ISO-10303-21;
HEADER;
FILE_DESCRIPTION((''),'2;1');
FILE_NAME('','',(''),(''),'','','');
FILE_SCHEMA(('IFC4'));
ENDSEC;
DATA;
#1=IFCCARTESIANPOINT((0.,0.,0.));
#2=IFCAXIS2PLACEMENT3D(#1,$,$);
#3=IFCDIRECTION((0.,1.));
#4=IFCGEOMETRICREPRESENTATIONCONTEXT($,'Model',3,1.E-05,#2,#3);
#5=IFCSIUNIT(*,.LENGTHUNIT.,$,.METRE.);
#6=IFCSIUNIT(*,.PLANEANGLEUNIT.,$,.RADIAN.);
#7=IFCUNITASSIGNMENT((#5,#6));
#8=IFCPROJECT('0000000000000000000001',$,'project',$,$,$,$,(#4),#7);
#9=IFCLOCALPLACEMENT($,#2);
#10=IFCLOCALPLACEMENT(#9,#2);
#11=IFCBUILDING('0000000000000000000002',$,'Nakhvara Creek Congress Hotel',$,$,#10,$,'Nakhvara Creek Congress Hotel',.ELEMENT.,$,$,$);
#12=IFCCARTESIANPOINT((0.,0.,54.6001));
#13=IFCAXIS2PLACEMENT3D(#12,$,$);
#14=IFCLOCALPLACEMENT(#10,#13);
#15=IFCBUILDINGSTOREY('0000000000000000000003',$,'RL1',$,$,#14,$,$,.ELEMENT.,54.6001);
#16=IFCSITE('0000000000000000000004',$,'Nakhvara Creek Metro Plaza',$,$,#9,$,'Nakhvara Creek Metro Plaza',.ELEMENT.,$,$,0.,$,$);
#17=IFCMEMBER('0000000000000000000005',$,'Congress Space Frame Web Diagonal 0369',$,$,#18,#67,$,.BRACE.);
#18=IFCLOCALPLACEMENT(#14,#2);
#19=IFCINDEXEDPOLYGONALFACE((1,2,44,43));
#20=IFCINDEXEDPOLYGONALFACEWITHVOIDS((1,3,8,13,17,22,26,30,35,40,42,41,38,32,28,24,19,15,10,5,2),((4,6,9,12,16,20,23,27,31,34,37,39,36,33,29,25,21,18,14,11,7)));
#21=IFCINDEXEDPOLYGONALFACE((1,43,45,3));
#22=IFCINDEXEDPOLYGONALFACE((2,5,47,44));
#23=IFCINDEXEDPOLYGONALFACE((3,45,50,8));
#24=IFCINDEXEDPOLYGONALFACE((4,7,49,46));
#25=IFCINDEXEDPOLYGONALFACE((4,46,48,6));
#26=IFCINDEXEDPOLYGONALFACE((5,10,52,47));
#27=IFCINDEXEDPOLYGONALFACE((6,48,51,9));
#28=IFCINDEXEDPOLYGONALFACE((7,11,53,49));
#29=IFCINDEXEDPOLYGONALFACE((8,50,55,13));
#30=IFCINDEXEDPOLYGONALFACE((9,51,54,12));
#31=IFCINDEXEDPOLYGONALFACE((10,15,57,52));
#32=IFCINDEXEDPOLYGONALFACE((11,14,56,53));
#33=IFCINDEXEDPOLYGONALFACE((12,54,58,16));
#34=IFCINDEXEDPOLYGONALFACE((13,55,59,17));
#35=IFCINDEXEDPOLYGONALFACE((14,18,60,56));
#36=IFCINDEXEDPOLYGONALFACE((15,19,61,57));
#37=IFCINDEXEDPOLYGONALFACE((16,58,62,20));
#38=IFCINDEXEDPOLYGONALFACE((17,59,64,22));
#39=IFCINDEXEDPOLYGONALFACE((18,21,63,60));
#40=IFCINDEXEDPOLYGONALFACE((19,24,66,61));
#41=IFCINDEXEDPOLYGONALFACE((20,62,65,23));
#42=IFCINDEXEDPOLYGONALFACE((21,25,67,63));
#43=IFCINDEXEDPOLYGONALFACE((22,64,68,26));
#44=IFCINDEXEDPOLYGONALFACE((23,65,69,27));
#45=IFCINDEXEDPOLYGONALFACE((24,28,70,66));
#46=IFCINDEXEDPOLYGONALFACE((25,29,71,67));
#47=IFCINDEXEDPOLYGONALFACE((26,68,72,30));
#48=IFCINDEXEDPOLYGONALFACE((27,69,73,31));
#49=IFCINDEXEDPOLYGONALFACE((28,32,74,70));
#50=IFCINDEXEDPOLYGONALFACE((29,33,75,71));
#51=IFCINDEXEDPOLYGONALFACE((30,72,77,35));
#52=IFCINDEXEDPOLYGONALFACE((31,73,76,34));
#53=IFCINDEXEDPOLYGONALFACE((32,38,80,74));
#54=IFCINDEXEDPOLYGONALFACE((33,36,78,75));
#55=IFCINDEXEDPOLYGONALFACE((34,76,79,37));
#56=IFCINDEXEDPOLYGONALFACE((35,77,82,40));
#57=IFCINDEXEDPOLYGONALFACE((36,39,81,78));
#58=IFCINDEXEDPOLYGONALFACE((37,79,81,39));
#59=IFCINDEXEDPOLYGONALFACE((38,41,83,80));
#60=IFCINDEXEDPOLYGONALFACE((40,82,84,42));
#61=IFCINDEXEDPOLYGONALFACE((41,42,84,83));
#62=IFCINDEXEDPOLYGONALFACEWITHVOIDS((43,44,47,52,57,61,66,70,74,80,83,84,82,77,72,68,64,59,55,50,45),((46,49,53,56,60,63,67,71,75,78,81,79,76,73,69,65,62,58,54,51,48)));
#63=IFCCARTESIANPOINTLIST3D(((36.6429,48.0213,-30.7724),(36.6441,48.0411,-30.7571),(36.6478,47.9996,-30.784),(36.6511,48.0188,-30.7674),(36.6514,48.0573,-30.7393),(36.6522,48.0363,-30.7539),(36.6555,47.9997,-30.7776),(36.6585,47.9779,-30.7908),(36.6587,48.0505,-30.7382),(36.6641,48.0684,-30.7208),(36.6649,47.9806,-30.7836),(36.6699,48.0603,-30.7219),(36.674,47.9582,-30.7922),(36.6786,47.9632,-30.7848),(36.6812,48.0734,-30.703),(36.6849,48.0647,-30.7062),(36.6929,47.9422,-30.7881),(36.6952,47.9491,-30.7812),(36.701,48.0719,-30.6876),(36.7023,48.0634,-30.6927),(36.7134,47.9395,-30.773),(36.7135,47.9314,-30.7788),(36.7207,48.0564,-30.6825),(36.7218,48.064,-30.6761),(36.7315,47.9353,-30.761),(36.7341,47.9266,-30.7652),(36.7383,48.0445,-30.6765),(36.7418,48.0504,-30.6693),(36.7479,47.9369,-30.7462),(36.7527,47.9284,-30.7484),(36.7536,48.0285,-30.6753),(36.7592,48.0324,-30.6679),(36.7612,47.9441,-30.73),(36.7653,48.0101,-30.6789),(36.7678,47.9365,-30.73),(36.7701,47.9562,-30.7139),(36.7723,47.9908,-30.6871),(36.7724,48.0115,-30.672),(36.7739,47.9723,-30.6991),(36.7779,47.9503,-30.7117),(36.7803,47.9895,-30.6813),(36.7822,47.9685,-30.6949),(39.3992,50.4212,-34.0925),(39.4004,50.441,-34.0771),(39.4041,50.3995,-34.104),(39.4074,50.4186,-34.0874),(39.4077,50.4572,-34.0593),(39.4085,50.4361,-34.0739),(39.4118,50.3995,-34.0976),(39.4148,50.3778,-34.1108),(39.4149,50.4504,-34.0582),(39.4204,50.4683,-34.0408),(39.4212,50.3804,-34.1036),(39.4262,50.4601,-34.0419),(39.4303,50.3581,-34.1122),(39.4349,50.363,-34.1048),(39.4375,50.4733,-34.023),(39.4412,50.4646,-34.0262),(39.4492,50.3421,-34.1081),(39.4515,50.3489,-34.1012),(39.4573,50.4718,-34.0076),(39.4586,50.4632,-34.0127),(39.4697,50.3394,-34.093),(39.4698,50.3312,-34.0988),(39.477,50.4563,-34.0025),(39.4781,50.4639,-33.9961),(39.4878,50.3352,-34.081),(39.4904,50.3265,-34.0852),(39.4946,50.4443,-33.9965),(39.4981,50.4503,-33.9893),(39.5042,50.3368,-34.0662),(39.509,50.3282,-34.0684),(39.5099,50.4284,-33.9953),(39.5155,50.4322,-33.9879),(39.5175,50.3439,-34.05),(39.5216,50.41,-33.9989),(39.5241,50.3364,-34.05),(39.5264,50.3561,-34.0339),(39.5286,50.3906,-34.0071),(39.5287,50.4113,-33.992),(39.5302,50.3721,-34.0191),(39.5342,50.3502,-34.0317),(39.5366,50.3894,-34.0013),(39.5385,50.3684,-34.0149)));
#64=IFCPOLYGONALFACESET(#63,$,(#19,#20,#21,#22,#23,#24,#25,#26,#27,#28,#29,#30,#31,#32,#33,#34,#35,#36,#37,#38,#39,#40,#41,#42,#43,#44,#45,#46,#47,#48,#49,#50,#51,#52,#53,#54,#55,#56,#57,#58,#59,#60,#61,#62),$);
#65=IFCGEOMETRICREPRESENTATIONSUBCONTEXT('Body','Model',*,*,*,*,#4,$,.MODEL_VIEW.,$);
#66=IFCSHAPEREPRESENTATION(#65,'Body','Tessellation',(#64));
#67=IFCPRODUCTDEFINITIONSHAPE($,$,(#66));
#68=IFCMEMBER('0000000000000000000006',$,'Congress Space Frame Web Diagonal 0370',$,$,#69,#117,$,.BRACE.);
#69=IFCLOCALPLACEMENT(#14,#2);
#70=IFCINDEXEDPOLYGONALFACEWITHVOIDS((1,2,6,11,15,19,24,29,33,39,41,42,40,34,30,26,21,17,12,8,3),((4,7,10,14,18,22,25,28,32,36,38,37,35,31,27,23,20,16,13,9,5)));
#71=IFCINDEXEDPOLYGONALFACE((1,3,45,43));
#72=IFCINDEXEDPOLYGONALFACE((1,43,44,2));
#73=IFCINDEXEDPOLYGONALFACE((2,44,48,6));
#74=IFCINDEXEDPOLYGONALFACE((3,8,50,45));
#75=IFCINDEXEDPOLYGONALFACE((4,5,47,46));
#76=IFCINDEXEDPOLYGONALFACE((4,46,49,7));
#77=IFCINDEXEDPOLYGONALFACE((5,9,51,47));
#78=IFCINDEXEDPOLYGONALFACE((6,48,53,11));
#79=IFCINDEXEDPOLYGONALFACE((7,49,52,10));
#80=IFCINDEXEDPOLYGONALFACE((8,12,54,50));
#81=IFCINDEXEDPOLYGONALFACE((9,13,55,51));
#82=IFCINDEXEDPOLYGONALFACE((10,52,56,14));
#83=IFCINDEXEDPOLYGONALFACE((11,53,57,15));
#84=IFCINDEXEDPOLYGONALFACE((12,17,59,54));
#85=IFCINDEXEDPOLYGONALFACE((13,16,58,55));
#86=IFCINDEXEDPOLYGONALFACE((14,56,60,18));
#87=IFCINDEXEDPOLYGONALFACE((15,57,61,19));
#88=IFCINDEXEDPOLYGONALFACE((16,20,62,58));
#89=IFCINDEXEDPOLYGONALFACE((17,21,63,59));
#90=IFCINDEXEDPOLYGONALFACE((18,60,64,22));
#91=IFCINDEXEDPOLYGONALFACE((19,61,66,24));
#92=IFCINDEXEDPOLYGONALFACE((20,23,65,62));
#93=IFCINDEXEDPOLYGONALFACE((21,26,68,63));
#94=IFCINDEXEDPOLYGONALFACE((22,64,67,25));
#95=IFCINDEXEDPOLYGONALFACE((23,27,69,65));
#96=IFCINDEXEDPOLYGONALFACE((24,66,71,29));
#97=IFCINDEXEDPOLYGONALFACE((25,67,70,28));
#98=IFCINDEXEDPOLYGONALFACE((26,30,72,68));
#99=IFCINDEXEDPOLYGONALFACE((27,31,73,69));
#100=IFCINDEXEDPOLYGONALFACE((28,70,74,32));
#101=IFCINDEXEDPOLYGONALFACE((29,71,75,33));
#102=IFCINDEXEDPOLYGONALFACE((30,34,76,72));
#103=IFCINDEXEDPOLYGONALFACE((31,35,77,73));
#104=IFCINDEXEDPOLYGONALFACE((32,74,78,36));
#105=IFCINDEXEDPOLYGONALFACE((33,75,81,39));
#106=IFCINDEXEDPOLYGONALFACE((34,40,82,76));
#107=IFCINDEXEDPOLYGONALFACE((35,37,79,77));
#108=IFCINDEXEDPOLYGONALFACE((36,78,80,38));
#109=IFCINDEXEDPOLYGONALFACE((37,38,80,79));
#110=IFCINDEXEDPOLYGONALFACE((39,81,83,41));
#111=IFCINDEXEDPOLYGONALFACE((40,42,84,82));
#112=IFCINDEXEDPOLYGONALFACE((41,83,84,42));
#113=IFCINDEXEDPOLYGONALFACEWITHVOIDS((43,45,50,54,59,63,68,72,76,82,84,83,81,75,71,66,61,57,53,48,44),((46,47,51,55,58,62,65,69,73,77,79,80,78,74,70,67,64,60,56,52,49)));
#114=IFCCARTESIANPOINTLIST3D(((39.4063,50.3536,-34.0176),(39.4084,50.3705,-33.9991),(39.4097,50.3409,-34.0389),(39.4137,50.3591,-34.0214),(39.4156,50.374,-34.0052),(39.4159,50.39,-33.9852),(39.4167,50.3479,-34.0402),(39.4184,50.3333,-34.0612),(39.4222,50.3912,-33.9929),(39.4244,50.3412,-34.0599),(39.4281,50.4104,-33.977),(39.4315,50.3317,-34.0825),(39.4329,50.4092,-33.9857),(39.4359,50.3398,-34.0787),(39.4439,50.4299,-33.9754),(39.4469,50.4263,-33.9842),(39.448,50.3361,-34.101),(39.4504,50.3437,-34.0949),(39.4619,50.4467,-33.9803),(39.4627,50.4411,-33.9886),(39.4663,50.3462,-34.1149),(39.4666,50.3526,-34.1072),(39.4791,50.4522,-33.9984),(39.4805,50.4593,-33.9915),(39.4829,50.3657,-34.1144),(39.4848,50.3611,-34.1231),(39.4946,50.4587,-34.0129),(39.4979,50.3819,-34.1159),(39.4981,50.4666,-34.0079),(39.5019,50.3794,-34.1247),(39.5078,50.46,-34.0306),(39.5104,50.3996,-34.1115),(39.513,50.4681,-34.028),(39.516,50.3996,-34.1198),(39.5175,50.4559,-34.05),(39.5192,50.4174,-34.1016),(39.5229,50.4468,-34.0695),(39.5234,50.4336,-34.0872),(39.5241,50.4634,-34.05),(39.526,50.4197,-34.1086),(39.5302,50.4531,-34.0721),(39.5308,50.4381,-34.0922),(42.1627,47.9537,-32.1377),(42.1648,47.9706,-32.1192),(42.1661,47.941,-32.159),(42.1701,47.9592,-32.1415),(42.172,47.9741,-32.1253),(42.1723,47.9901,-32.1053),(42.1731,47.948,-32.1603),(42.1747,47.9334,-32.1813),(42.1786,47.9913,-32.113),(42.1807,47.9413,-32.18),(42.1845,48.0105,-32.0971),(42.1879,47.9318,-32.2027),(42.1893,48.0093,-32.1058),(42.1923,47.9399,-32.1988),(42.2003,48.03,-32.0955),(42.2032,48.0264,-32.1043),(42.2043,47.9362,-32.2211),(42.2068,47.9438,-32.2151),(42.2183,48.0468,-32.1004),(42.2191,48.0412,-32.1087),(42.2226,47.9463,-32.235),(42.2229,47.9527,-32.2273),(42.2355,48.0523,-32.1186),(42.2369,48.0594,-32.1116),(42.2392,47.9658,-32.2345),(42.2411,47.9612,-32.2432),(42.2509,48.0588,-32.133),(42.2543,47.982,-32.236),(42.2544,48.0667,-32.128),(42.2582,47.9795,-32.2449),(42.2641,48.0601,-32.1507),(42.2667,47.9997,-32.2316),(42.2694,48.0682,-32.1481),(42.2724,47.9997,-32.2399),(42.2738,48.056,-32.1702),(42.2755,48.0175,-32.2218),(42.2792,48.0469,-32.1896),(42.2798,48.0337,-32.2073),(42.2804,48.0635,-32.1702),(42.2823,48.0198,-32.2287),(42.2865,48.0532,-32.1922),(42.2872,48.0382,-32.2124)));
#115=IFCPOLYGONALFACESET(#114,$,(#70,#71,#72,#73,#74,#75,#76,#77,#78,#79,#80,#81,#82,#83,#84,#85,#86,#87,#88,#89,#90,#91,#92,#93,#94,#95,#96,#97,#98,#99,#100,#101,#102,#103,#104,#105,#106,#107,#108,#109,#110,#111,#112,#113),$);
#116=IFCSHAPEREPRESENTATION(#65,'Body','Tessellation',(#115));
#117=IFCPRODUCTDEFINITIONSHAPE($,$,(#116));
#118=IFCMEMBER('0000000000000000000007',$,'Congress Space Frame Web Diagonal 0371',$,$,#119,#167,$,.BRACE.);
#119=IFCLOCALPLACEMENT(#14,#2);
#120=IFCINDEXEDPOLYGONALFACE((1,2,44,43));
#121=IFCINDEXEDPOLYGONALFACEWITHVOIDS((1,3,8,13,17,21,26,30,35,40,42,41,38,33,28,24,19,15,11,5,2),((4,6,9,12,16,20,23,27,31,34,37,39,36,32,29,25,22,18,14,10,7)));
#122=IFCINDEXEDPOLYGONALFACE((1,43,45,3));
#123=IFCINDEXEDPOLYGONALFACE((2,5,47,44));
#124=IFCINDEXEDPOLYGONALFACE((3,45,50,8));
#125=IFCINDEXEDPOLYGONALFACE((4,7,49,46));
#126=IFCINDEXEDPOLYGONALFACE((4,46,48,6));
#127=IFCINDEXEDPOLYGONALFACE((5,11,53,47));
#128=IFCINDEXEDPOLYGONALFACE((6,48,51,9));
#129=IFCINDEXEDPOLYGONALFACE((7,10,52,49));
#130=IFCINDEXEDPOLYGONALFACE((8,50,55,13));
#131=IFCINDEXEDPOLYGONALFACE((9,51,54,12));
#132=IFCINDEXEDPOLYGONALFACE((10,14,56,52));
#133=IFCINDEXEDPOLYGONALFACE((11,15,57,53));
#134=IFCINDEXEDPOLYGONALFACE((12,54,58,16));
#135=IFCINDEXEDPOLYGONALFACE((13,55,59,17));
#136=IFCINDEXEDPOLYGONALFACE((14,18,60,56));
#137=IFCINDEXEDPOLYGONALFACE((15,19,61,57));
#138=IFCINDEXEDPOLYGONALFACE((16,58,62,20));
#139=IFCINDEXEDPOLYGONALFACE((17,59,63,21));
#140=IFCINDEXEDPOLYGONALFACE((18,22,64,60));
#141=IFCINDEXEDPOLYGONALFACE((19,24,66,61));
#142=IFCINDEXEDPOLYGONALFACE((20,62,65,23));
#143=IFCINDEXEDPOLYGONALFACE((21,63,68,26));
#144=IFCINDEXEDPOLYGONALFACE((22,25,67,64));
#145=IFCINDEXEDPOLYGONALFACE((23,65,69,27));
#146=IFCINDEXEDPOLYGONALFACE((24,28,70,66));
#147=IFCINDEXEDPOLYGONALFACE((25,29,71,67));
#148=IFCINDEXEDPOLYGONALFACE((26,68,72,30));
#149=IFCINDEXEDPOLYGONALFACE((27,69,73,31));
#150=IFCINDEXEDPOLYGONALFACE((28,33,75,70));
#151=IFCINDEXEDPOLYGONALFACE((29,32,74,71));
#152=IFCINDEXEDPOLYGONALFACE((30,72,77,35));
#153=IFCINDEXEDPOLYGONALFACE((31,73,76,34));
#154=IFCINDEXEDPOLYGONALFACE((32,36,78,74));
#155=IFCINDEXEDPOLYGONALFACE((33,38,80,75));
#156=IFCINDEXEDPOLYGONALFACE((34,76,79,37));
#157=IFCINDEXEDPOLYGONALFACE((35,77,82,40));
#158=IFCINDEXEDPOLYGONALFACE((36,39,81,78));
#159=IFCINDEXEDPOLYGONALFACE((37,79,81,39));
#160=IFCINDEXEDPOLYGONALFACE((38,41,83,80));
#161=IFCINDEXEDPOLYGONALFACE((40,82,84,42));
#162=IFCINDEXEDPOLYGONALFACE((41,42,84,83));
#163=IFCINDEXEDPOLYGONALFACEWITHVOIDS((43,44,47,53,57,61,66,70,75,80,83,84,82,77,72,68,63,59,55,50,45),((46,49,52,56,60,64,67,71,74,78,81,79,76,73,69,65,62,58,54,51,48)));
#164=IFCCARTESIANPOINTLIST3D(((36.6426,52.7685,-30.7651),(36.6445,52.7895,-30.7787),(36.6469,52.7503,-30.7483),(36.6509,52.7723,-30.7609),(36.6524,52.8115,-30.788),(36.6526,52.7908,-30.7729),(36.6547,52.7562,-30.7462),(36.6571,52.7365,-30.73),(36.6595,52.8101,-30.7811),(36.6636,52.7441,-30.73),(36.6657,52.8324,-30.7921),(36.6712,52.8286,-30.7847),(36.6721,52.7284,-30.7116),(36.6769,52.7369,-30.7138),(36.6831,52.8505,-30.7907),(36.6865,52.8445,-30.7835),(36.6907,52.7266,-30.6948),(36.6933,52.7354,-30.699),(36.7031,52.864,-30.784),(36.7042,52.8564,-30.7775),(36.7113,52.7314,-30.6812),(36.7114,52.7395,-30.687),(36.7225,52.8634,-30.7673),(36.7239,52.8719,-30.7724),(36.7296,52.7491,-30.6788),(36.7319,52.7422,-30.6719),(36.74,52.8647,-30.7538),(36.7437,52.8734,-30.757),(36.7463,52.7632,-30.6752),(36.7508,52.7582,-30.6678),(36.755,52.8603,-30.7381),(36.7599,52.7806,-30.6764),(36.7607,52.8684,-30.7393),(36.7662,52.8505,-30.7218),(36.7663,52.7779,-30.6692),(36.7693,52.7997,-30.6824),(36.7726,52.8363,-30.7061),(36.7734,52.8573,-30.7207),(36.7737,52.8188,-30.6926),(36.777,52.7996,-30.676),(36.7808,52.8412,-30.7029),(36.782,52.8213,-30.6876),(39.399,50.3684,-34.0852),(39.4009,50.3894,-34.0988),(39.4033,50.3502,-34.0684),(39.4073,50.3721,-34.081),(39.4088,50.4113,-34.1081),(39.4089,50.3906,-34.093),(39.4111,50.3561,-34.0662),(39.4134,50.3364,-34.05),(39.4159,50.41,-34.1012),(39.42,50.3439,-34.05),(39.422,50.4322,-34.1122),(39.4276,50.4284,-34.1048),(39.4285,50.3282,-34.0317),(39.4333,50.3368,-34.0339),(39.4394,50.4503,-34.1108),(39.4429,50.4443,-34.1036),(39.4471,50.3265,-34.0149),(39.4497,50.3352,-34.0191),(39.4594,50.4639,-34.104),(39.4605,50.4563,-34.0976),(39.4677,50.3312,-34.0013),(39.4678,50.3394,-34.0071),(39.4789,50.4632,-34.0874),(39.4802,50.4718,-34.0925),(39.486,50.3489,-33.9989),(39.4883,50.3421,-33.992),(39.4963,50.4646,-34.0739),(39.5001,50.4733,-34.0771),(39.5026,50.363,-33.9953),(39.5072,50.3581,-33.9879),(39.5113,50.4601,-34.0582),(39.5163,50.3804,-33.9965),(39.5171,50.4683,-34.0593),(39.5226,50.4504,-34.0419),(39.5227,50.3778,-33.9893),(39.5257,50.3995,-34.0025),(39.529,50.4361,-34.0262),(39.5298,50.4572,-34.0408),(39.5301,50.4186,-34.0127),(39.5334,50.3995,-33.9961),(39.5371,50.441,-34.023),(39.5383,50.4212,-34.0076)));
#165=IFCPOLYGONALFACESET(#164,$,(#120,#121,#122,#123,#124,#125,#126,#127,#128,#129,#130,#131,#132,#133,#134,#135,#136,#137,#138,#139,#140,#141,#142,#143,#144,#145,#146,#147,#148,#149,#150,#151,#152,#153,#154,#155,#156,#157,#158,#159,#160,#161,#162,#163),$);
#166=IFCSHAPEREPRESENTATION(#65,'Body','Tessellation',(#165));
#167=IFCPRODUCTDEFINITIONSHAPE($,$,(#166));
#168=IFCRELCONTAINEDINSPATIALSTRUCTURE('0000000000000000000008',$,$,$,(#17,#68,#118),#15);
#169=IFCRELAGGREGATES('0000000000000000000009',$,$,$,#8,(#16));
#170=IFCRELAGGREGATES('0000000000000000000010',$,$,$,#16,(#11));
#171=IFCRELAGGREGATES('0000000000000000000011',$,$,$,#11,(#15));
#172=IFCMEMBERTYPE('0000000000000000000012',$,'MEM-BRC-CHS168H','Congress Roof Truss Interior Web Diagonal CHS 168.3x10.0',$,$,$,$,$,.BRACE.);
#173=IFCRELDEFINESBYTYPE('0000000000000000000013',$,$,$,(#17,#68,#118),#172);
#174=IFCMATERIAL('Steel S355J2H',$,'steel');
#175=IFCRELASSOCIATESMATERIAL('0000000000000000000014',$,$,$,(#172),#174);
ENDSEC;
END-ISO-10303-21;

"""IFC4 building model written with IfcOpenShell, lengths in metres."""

from ifc_helpers import new_model, si_unit, direction, frame, origin, origin_2d, place, context, subcontext, project, spatial, hollow_circle, extrude, material, material_profile, profile_set, type_object, element, save


model = new_model("IFC4")

# Units and contexts
model_context = context("Model", 3, precision=1e-05, world=origin(), true_north=direction((0.0, 1.0)))
body_context = subcontext(model_context, "Body", "Model", "MODEL_VIEW")
ifc_project = project(units=[si_unit("LENGTHUNIT", "METRE"), si_unit("PLANEANGLEUNIT", "RADIAN")], contexts=[model_context])

# Site, building, storey
site_placement = place(None, origin())
site = spatial("IfcSite", under=ifc_project, at=site_placement, Name="Nakhvara Creek Metro Plaza", LongName="Nakhvara Creek Metro Plaza", CompositionType="ELEMENT", RefElevation=0.0)
building_placement = place(site_placement, origin())
building = spatial("IfcBuilding", under=site, at=building_placement, Name="Nakhvara Creek Congress Hotel", LongName="Nakhvara Creek Congress Hotel", CompositionType="ELEMENT")
storey_placement = place(building_placement, frame((0.0, 0.0, 54.6001)))
storey = spatial("IfcBuildingStorey", under=building, at=storey_placement, Name="RL1", CompositionType="ELEMENT", Elevation=54.6001)

# Members
ifc_material_1 = material(Name="Steel S355J2H", Category="steel")
ifc_material_profile_1 = material_profile(ifc_material_1, hollow_circle(Radius=0.0842, WallThickness=0.01, at=origin_2d()), Name="CHS 168.3x10.0", Category="LoadBearing")
ifc_profile_set_1 = profile_set([ifc_material_profile_1], Name="Steel S355J2H")
member_type_1 = type_object("IfcMemberType", Name="MEM-BRC-CHS168H", Description="Congress Roof Truss Interior Web Diagonal CHS 168.3x10.0", PredefinedType="BRACE", material=ifc_profile_set_1)
member_1_placement = place(storey_placement, frame((39.4688, 50.3999, -34.05), z_axis=(-0.558237, -0.486047, 0.672406), x_axis=(0.656658, -0.754188, 0.0)))
element("IfcMember", 1, at=member_1_placement, inside=storey, type_object=member_type_1, Name="Congress Space Frame Web Diagonal 0369", PredefinedType="BRACE", context=body_context, shape_type="SweptSolid", body=[
    extrude(hollow_circle(Radius=0.0842, WallThickness=0.01, at=origin_2d()), origin(), (0.0, 0.0, 1.0), 4.9375),
])
member_2_placement = place(storey_placement, frame((39.4688, 50.3999, -34.05), z_axis=(0.670667, -0.583938, 0.457408), x_axis=(0.656658, 0.754188, 0.0)))
element("IfcMember", 2, at=member_2_placement, inside=storey, type_object=member_type_1, Name="Congress Space Frame Web Diagonal 0370", PredefinedType="BRACE", context=body_context, shape_type="SweptSolid", body=[
    extrude(hollow_circle(Radius=0.0842, WallThickness=0.01, at=origin_2d()), origin(), (0.0, 0.0, 1.0), 4.1099),
])
member_3_placement = place(storey_placement, frame((39.4688, 50.3999, -34.05), z_axis=(-0.558224, 0.486085, 0.67239), x_axis=(-0.656696, -0.754155, 0.0)))
element("IfcMember", 3, at=member_3_placement, inside=storey, type_object=member_type_1, Name="Congress Space Frame Web Diagonal 0371", PredefinedType="BRACE", context=body_context, shape_type="SweptSolid", body=[
    extrude(hollow_circle(Radius=0.0842, WallThickness=0.01, at=origin_2d()), origin(), (0.0, 0.0, 1.0), 4.9377),
])

save(model, "model.ifc")
